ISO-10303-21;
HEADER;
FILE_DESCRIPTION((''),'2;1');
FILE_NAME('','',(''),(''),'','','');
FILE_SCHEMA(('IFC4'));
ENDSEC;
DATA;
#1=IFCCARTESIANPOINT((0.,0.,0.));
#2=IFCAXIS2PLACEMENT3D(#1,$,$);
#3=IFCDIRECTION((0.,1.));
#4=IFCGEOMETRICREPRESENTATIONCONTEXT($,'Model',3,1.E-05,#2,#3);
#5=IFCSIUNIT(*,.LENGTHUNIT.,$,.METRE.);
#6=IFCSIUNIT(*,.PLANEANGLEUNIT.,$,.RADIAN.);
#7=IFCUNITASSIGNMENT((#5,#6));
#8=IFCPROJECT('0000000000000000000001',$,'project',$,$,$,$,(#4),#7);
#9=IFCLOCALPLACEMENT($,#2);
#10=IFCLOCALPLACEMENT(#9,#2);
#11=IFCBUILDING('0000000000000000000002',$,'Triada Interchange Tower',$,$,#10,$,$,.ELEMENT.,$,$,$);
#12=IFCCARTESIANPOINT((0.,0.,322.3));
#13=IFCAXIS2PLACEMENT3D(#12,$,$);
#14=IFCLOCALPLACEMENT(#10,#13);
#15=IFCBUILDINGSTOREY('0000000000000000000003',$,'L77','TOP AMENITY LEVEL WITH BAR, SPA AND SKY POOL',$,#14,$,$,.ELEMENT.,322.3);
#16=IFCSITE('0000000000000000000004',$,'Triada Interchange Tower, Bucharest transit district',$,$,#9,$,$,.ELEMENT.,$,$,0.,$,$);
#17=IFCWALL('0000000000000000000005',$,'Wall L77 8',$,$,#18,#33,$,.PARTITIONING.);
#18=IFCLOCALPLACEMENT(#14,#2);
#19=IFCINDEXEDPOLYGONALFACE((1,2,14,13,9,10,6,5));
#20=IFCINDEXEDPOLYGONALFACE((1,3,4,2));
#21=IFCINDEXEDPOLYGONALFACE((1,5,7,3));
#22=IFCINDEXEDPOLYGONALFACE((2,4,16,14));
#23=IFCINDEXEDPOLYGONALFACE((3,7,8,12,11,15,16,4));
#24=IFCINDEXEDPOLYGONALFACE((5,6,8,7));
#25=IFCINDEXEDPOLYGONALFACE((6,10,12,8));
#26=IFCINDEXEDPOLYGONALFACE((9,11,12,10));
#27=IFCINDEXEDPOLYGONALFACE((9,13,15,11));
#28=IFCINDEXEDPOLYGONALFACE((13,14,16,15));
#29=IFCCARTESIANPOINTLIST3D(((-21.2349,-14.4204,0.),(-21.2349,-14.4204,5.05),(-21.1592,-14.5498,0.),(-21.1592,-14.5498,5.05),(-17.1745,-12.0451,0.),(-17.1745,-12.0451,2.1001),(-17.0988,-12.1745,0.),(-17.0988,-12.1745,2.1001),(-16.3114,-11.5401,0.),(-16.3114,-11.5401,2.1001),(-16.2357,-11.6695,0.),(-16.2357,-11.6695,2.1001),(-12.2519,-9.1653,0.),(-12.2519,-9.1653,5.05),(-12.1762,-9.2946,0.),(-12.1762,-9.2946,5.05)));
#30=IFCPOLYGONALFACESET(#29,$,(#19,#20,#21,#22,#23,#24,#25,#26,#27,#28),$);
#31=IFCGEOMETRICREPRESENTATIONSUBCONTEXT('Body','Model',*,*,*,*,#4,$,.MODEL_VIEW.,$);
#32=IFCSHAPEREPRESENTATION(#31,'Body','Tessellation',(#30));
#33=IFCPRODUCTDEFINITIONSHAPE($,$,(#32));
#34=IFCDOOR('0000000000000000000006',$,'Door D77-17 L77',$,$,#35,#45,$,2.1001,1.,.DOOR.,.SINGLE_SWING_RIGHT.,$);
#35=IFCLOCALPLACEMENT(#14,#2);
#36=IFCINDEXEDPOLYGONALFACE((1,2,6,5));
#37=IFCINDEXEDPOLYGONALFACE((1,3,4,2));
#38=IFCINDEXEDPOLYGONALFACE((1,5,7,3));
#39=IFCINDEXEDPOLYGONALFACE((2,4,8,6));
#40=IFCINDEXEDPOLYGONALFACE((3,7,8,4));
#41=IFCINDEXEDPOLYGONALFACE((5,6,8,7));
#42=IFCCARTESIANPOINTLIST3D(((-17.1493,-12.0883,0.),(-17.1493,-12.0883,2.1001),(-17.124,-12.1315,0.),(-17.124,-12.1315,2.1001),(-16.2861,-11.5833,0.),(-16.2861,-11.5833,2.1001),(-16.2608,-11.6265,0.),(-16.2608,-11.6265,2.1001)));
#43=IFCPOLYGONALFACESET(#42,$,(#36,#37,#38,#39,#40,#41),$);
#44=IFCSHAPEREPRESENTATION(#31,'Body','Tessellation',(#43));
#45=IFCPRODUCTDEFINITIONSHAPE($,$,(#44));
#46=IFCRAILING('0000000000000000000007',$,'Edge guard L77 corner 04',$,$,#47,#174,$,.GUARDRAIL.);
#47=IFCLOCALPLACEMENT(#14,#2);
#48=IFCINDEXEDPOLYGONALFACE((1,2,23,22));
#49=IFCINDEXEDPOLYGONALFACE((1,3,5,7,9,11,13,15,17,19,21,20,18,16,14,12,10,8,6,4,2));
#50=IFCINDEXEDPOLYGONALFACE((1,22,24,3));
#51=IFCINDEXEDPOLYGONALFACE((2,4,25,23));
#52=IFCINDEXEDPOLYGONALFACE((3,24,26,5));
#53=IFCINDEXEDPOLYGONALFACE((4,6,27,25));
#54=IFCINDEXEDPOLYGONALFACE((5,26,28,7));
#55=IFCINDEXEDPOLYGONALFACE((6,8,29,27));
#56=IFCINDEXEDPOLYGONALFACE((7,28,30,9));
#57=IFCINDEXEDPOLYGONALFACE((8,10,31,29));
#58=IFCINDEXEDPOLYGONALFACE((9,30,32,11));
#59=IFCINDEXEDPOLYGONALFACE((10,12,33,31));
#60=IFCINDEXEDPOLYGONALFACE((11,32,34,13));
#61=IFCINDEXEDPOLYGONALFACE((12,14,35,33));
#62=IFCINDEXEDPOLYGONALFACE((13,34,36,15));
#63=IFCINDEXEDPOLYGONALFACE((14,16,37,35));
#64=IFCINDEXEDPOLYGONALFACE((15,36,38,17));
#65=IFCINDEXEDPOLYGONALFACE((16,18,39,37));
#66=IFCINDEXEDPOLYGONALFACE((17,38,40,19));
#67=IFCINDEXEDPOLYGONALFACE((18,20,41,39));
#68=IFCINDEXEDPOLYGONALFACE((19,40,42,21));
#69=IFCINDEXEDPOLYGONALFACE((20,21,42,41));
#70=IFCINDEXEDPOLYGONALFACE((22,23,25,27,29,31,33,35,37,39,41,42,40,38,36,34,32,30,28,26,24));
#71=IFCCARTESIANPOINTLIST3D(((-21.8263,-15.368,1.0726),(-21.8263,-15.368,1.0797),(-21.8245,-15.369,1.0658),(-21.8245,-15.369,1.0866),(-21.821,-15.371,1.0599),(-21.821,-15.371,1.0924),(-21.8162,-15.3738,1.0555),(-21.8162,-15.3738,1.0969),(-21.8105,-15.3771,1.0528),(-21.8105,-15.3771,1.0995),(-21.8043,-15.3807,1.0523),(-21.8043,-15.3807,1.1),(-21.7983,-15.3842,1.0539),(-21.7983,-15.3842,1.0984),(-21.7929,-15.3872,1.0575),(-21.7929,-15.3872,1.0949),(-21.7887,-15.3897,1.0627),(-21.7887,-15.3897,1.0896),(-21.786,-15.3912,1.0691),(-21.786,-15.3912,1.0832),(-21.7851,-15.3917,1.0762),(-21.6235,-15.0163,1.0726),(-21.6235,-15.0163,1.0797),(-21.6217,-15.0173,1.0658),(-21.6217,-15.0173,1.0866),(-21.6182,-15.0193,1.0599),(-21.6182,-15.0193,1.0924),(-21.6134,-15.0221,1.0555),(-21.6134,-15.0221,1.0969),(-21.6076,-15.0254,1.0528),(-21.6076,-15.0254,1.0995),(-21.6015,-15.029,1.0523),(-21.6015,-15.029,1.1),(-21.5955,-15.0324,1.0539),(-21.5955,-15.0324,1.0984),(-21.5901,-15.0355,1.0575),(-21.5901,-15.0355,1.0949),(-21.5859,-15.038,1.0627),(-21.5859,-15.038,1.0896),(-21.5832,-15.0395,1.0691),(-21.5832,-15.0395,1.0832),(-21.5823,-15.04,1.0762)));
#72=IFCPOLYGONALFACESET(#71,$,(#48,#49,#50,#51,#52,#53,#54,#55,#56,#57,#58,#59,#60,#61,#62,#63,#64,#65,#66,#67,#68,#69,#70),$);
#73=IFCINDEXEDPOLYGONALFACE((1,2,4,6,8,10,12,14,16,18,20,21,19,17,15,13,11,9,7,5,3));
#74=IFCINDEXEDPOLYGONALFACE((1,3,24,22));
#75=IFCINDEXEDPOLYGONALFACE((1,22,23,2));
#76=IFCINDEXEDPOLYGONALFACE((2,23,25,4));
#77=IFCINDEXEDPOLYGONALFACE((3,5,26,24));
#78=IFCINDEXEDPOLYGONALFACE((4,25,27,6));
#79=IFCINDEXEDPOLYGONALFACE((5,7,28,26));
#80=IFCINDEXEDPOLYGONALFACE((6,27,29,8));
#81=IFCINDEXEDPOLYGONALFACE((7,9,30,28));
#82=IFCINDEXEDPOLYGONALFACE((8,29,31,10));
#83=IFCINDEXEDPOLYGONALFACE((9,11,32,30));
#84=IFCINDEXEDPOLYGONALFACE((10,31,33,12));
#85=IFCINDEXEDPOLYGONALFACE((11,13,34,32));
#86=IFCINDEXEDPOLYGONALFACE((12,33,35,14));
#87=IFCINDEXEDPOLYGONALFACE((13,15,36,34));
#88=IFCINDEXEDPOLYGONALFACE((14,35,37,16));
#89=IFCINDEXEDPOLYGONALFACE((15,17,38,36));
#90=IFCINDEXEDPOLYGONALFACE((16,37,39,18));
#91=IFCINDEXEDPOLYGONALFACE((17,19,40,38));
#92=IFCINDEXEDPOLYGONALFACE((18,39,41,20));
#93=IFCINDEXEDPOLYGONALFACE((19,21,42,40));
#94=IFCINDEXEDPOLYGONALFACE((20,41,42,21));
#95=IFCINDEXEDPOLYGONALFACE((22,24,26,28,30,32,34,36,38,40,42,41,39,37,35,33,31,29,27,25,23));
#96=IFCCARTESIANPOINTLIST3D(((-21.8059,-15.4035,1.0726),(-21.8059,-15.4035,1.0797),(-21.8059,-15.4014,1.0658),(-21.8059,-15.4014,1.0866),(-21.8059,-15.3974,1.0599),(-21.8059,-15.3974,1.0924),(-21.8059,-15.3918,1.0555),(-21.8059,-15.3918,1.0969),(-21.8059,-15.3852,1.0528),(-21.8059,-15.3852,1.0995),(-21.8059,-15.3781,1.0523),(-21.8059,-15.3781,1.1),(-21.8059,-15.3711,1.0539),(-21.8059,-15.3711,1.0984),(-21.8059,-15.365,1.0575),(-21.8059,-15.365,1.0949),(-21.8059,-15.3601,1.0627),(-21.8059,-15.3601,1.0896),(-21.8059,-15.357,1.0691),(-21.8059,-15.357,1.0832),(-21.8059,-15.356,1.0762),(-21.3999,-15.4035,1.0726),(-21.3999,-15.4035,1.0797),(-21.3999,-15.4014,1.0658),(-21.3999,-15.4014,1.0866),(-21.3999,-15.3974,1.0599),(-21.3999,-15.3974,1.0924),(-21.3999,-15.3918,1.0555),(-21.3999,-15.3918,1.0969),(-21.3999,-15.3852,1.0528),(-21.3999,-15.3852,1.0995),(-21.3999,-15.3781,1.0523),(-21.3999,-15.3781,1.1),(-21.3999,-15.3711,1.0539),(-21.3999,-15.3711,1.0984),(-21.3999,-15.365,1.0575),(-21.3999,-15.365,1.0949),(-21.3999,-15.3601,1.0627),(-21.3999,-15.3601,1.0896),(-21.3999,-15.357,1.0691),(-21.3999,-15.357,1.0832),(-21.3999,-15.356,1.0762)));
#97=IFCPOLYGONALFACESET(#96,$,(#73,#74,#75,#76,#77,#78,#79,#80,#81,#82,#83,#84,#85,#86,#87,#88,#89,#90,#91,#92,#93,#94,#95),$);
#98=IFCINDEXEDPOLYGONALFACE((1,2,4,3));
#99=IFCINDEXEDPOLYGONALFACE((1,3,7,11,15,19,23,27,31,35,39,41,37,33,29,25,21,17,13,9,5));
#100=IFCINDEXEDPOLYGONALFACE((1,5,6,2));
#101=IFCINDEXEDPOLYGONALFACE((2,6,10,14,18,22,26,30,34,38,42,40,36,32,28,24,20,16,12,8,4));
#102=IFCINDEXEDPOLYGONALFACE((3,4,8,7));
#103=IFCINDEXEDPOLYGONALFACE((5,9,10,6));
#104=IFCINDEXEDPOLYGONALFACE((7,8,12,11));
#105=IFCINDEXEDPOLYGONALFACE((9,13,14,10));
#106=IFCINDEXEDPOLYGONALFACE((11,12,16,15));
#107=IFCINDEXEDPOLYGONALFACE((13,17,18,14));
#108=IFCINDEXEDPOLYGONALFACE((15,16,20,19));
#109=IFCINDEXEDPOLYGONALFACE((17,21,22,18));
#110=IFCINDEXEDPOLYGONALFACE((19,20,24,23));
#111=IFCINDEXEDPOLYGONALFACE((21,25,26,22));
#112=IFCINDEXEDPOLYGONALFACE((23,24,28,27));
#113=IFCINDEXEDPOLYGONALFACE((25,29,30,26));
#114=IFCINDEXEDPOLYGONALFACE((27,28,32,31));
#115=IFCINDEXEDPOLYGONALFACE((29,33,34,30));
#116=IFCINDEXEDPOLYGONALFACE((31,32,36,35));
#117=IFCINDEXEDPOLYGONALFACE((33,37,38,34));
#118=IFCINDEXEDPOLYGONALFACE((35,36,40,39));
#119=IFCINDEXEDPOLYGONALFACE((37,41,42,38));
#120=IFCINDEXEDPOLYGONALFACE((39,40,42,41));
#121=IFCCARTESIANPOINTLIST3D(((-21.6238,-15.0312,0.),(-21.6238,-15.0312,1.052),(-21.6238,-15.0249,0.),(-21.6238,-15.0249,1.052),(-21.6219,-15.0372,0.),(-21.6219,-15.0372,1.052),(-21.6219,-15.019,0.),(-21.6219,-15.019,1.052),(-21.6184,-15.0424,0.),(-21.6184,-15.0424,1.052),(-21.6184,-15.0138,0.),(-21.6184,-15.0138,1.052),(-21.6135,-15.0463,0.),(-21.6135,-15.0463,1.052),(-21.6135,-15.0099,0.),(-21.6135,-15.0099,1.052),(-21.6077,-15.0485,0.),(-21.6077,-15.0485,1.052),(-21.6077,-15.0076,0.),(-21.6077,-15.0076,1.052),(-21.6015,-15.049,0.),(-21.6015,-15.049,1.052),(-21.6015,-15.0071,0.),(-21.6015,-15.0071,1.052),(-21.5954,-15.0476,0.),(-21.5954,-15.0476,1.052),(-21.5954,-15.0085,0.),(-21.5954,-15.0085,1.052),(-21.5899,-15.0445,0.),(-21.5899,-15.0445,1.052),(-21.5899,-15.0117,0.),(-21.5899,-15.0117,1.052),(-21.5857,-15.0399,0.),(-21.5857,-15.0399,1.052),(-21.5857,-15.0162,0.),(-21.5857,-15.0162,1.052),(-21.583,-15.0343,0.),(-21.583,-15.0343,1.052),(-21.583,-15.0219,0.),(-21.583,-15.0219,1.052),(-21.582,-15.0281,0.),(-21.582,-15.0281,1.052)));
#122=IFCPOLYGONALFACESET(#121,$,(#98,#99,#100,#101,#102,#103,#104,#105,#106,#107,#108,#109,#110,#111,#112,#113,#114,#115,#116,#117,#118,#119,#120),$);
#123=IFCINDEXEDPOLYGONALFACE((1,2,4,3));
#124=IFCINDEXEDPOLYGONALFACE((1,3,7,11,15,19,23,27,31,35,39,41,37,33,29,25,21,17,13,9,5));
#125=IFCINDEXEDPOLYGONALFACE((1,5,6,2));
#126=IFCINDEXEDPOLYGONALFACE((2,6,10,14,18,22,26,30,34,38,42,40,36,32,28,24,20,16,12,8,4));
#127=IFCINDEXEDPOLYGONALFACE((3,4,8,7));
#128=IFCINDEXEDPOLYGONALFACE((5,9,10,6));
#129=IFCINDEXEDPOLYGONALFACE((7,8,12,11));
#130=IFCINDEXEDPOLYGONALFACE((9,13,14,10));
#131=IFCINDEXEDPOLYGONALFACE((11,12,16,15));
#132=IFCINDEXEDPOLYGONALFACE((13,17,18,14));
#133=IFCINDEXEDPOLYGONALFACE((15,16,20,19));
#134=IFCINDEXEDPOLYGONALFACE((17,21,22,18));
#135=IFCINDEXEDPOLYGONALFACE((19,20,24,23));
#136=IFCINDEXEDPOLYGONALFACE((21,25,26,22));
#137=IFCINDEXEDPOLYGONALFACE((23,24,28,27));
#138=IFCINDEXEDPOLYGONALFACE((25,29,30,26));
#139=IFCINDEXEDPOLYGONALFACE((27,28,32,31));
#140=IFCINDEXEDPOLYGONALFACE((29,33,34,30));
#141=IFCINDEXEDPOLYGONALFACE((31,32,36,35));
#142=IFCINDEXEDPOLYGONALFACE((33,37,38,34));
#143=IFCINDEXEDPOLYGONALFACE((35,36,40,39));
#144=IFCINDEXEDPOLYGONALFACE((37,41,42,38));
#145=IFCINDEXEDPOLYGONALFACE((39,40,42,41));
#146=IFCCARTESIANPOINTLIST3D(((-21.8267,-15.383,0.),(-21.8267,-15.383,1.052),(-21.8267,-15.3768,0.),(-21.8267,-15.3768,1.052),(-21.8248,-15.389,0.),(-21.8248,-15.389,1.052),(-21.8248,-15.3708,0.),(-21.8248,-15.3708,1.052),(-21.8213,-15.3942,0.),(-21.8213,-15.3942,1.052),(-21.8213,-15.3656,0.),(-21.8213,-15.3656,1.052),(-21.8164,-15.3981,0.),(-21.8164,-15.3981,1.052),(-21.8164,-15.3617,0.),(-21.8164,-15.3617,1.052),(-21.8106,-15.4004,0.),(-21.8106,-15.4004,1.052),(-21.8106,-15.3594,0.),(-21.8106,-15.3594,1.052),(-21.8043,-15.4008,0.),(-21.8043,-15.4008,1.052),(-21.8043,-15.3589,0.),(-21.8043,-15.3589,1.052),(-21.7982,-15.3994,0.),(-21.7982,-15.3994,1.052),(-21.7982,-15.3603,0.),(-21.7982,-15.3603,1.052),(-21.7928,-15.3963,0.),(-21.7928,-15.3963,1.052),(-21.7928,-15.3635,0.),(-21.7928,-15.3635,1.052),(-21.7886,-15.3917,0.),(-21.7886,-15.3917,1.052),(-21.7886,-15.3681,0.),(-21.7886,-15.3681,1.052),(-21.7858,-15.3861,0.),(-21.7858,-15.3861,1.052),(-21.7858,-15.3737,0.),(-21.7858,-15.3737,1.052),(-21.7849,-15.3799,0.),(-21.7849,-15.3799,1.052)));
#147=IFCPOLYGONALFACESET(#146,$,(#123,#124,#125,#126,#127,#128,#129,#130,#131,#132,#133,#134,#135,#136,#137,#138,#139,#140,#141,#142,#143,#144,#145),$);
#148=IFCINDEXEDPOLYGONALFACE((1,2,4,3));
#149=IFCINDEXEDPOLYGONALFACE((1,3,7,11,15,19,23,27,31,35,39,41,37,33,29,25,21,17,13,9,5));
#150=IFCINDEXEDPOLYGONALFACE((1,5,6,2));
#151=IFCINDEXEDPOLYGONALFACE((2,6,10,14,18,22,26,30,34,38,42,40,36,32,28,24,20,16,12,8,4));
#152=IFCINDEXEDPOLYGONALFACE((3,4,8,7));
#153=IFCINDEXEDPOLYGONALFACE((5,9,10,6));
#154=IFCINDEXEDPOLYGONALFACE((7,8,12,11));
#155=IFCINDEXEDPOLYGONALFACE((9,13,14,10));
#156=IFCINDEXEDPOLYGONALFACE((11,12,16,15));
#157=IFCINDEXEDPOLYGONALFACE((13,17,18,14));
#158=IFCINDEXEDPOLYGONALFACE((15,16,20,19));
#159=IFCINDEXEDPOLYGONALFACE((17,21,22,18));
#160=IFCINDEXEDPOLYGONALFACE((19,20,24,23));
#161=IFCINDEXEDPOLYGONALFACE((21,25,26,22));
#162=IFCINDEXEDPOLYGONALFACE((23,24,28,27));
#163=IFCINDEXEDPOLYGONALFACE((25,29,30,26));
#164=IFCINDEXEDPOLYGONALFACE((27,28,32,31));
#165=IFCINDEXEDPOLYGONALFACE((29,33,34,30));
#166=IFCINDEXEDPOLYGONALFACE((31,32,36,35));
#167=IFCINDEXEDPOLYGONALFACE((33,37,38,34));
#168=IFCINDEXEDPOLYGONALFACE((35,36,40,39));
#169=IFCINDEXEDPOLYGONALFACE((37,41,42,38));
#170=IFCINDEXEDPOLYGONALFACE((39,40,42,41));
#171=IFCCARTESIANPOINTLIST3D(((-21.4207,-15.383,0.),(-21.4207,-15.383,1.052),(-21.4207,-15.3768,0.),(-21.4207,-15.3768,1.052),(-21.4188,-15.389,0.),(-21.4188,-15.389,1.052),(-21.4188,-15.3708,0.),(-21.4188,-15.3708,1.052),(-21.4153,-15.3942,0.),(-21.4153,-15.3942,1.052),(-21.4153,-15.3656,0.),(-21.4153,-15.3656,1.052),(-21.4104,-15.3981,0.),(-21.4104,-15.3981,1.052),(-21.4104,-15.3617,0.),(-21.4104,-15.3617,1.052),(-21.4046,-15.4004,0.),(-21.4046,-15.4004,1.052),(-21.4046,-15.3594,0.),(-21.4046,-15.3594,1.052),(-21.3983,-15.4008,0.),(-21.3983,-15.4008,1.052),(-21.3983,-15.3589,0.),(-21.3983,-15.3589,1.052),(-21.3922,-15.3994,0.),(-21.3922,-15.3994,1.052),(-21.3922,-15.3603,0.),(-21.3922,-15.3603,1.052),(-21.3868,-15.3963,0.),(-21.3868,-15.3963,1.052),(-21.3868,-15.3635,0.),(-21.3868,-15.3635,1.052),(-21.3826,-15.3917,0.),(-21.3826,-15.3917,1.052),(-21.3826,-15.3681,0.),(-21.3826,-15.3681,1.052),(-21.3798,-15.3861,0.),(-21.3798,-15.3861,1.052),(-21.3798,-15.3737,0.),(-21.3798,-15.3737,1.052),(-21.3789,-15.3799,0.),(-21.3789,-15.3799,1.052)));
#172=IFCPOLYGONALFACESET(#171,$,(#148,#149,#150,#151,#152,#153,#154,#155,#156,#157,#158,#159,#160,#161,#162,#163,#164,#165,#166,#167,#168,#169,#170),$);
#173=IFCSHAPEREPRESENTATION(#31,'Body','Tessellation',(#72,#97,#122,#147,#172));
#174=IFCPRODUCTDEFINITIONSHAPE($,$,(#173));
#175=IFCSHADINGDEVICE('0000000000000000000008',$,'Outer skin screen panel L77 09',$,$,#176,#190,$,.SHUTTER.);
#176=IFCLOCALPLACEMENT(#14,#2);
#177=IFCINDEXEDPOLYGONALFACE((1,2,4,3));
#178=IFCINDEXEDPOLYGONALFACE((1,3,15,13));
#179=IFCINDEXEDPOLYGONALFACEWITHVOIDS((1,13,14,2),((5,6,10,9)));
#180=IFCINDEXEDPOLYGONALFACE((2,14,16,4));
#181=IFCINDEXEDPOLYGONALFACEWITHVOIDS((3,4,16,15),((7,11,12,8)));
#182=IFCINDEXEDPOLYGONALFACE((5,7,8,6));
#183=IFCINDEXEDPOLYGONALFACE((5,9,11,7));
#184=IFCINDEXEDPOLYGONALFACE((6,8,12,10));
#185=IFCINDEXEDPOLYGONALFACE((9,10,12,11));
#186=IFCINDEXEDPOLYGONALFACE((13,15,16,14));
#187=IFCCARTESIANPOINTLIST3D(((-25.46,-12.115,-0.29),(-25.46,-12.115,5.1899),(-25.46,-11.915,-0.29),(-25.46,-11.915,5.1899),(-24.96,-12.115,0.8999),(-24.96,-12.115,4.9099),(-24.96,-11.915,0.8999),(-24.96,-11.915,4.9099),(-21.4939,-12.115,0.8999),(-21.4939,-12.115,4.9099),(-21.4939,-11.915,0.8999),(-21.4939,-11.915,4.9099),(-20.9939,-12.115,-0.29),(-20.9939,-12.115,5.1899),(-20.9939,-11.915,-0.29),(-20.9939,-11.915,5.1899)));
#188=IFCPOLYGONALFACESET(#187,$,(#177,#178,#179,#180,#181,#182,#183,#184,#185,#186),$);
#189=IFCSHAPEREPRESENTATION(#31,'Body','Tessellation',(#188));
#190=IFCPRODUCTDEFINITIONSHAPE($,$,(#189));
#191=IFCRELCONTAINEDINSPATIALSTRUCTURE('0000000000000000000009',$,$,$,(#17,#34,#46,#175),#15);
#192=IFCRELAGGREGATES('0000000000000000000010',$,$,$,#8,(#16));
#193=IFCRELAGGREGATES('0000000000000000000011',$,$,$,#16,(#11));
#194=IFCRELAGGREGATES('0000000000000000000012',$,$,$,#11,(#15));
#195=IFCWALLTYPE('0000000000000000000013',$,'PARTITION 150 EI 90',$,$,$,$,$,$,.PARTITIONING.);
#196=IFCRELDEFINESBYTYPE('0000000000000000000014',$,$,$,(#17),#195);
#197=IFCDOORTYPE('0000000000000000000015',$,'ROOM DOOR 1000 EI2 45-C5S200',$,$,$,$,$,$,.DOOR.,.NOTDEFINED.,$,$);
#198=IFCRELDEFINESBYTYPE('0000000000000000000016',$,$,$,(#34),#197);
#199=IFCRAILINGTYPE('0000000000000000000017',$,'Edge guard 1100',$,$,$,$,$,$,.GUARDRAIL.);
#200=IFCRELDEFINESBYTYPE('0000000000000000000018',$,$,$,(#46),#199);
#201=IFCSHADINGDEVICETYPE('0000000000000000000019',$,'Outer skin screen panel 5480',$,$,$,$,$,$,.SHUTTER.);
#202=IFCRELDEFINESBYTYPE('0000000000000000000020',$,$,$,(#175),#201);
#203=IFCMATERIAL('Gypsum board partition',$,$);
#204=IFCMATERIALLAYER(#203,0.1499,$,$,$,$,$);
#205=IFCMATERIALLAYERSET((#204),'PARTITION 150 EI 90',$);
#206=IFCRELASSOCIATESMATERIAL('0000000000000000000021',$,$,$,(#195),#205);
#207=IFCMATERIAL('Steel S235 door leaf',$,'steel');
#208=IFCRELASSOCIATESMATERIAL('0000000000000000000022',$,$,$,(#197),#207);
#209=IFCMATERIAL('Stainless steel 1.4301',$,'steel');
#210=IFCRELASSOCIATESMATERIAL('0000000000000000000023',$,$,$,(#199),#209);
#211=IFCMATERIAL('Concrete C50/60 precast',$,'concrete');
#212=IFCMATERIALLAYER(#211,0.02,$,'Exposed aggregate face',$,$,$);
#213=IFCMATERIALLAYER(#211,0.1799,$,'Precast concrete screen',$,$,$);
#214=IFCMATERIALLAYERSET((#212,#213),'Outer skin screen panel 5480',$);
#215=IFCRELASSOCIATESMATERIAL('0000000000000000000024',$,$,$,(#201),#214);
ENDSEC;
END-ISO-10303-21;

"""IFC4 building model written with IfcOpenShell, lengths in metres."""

from ifc_helpers import new_model, si_unit, direction, frame, frame_2d, origin, origin_2d, place, context, subcontext, project, spatial, polyline, rectangle, circle, outline, extrude, material, layer, layer_set, type_object, element, fill, save


model = new_model("IFC4")

# Units and contexts
model_context = context("Model", 3, precision=1e-05, world=origin(), true_north=direction((0.0, 1.0)))
body_context = subcontext(model_context, "Body", "Model", "MODEL_VIEW")
ifc_project = project(units=[si_unit("LENGTHUNIT", "METRE"), si_unit("PLANEANGLEUNIT", "RADIAN")], contexts=[model_context])

# Site, building, storey
site_placement = place(None, origin())
site = spatial("IfcSite", under=ifc_project, at=site_placement, Name="Triada Interchange Tower, Bucharest transit district", CompositionType="ELEMENT", RefElevation=0.0)
building_placement = place(site_placement, origin())
building = spatial("IfcBuilding", under=site, at=building_placement, Name="Triada Interchange Tower", CompositionType="ELEMENT")
storey_placement = place(building_placement, frame((0.0, 0.0, 322.3)))
storey = spatial("IfcBuildingStorey", under=building, at=storey_placement, Name="L77", Description="TOP AMENITY LEVEL WITH BAR, SPA AND SKY POOL", CompositionType="ELEMENT", Elevation=322.3)

# Wall, opening, door
ifc_material_1 = material(Name="Gypsum board partition")
ifc_layer_1 = layer(ifc_material_1, 0.1499)
ifc_layer_set_1 = layer_set([ifc_layer_1], Name="PARTITION 150 EI 90")
wall_type = type_object("IfcWallType", Name="PARTITION 150 EI 90", PredefinedType="PARTITIONING", material=ifc_layer_set_1)
wall_placement = place(storey_placement, frame((-21.197, -14.4851, 0.0), z_axis=(0.0, 0.0, 1.0), x_axis=(0.863147, 0.504953, 0.0)))
wall = element("IfcWall", 1, at=wall_placement, inside=storey, type_object=wall_type, Name="Wall L77 8", PredefinedType="PARTITIONING", context=body_context, shape_type="SweptSolid", body=[
    extrude(rectangle(XDim=10.4072, YDim=0.1499, at=frame_2d((5.2036, 0.0))), origin(), (0.0, 0.0, 1.0), 5.05),
])
opening_placement = place(wall_placement, frame((4.7041, 0.0, 0.0)))
opening = element("IfcOpeningElement", 2, at=opening_placement, cuts=wall, PredefinedType="OPENING", context=body_context, shape_type="SweptSolid", body=[
    extrude(rectangle(XDim=1.0, YDim=2.1001, at=frame_2d((0.5, 1.05))), frame((0.0, 0.085, 0.0), z_axis=(0.0, -1.0, 0.0), x_axis=(1.0, 0.0, 0.0)), (0.0, 0.0, 1.0), 0.1699),
])
ifc_material_2 = material(Name="Steel S235 door leaf", Category="steel")
door_type = type_object("IfcDoorType", Name="ROOM DOOR 1000 EI2 45-C5S200", OperationType="NOTDEFINED", PredefinedType="DOOR", material=ifc_material_2)
door_placement = place(opening_placement, origin())
door = element("IfcDoor", 3, at=door_placement, inside=storey, type_object=door_type, Name="Door D77-17 L77", OperationType="SINGLE_SWING_RIGHT", OverallHeight=2.1001, OverallWidth=1.0, PredefinedType="DOOR", context=body_context, shape_type="SweptSolid", body=[
    extrude(rectangle(XDim=1.0, YDim=2.1001, at=frame_2d((0.5, 1.05))), frame((0.0, 0.0249, 0.0), z_axis=(0.0, -1.0, 0.0), x_axis=(1.0, 0.0, 0.0)), (0.0, 0.0, 1.0), 0.05),
])
fill(opening, door)

# Railing
ifc_material_3 = material(Name="Stainless steel 1.4301", Category="steel")
railing_type = type_object("IfcRailingType", Name="Edge guard 1100", PredefinedType="GUARDRAIL", material=ifc_material_3)
railing_placement = place(storey_placement, frame((-21.603, -15.0281, 0.0)))
element("IfcRailing", 4, at=railing_placement, inside=storey, type_object=railing_type, Name="Edge guard L77 corner 04", PredefinedType="GUARDRAIL", context=body_context, shape_type="SweptSolid", body=[
    extrude(circle(Radius=0.0239, at=origin_2d()), frame((0.0, 0.0, 1.0762), z_axis=(-0.499566, -0.866276, 0.0), x_axis=(0.866276, -0.499566, 0.0)), (0.0, 0.0, 1.0), 0.406),
    extrude(circle(Radius=0.0239, at=origin_2d()), frame((-0.2029, -0.3518, 1.0762), z_axis=(1.0, 0.0, 0.0), x_axis=(0.0, 1.0, 0.0)), (0.0, 0.0, 1.0), 0.406),
    extrude(circle(Radius=0.021, at=origin_2d()), origin(), (0.0, 0.0, 1.0), 1.052),
    extrude(circle(Radius=0.021, at=origin_2d()), frame((-0.2029, -0.3518, 0.0)), (0.0, 0.0, 1.0), 1.052),
    extrude(circle(Radius=0.021, at=origin_2d()), frame((0.2031, -0.3518, 0.0)), (0.0, 0.0, 1.0), 1.052),
])

# Shading device
ifc_material_4 = material(Name="Concrete C50/60 precast", Category="concrete")
ifc_layer_2 = layer(ifc_material_4, 0.02, Name="Exposed aggregate face")
ifc_layer_3 = layer(ifc_material_4, 0.1799, Name="Precast concrete screen")
ifc_layer_set_2 = layer_set([ifc_layer_2, ifc_layer_3], Name="Outer skin screen panel 5480")
shading_device_type = type_object("IfcShadingDeviceType", Name="Outer skin screen panel 5480", PredefinedType="SHUTTER", material=ifc_layer_set_2)
shading_device_1_placement = place(storey_placement, frame((-25.46, -11.915, -0.29), z_axis=(0.0, 0.0, 1.0), x_axis=(1.0, 0.0, 0.0)))
element("IfcShadingDevice", 5, at=shading_device_1_placement, inside=storey, type_object=shading_device_type, Name="Outer skin screen panel L77 09", PredefinedType="SHUTTER", context=body_context, shape_type="SweptSolid", body=[
    extrude(outline(polyline([(0.0, 0.0), (4.4661, 0.0), (4.4661, 5.48), (0.0, 5.48), (0.0, 0.0)]), holes=[polyline([(0.5, 1.1899), (0.5, 5.2), (3.9661, 5.2), (3.9661, 1.1899), (0.5, 1.1899)])]), frame((0.0, 0.0, 0.0), z_axis=(0.0, -1.0, 0.0), x_axis=(1.0, 0.0, 0.0)), (0.0, 0.0, 1.0), 0.2),
])

save(model, "model.ifc")
